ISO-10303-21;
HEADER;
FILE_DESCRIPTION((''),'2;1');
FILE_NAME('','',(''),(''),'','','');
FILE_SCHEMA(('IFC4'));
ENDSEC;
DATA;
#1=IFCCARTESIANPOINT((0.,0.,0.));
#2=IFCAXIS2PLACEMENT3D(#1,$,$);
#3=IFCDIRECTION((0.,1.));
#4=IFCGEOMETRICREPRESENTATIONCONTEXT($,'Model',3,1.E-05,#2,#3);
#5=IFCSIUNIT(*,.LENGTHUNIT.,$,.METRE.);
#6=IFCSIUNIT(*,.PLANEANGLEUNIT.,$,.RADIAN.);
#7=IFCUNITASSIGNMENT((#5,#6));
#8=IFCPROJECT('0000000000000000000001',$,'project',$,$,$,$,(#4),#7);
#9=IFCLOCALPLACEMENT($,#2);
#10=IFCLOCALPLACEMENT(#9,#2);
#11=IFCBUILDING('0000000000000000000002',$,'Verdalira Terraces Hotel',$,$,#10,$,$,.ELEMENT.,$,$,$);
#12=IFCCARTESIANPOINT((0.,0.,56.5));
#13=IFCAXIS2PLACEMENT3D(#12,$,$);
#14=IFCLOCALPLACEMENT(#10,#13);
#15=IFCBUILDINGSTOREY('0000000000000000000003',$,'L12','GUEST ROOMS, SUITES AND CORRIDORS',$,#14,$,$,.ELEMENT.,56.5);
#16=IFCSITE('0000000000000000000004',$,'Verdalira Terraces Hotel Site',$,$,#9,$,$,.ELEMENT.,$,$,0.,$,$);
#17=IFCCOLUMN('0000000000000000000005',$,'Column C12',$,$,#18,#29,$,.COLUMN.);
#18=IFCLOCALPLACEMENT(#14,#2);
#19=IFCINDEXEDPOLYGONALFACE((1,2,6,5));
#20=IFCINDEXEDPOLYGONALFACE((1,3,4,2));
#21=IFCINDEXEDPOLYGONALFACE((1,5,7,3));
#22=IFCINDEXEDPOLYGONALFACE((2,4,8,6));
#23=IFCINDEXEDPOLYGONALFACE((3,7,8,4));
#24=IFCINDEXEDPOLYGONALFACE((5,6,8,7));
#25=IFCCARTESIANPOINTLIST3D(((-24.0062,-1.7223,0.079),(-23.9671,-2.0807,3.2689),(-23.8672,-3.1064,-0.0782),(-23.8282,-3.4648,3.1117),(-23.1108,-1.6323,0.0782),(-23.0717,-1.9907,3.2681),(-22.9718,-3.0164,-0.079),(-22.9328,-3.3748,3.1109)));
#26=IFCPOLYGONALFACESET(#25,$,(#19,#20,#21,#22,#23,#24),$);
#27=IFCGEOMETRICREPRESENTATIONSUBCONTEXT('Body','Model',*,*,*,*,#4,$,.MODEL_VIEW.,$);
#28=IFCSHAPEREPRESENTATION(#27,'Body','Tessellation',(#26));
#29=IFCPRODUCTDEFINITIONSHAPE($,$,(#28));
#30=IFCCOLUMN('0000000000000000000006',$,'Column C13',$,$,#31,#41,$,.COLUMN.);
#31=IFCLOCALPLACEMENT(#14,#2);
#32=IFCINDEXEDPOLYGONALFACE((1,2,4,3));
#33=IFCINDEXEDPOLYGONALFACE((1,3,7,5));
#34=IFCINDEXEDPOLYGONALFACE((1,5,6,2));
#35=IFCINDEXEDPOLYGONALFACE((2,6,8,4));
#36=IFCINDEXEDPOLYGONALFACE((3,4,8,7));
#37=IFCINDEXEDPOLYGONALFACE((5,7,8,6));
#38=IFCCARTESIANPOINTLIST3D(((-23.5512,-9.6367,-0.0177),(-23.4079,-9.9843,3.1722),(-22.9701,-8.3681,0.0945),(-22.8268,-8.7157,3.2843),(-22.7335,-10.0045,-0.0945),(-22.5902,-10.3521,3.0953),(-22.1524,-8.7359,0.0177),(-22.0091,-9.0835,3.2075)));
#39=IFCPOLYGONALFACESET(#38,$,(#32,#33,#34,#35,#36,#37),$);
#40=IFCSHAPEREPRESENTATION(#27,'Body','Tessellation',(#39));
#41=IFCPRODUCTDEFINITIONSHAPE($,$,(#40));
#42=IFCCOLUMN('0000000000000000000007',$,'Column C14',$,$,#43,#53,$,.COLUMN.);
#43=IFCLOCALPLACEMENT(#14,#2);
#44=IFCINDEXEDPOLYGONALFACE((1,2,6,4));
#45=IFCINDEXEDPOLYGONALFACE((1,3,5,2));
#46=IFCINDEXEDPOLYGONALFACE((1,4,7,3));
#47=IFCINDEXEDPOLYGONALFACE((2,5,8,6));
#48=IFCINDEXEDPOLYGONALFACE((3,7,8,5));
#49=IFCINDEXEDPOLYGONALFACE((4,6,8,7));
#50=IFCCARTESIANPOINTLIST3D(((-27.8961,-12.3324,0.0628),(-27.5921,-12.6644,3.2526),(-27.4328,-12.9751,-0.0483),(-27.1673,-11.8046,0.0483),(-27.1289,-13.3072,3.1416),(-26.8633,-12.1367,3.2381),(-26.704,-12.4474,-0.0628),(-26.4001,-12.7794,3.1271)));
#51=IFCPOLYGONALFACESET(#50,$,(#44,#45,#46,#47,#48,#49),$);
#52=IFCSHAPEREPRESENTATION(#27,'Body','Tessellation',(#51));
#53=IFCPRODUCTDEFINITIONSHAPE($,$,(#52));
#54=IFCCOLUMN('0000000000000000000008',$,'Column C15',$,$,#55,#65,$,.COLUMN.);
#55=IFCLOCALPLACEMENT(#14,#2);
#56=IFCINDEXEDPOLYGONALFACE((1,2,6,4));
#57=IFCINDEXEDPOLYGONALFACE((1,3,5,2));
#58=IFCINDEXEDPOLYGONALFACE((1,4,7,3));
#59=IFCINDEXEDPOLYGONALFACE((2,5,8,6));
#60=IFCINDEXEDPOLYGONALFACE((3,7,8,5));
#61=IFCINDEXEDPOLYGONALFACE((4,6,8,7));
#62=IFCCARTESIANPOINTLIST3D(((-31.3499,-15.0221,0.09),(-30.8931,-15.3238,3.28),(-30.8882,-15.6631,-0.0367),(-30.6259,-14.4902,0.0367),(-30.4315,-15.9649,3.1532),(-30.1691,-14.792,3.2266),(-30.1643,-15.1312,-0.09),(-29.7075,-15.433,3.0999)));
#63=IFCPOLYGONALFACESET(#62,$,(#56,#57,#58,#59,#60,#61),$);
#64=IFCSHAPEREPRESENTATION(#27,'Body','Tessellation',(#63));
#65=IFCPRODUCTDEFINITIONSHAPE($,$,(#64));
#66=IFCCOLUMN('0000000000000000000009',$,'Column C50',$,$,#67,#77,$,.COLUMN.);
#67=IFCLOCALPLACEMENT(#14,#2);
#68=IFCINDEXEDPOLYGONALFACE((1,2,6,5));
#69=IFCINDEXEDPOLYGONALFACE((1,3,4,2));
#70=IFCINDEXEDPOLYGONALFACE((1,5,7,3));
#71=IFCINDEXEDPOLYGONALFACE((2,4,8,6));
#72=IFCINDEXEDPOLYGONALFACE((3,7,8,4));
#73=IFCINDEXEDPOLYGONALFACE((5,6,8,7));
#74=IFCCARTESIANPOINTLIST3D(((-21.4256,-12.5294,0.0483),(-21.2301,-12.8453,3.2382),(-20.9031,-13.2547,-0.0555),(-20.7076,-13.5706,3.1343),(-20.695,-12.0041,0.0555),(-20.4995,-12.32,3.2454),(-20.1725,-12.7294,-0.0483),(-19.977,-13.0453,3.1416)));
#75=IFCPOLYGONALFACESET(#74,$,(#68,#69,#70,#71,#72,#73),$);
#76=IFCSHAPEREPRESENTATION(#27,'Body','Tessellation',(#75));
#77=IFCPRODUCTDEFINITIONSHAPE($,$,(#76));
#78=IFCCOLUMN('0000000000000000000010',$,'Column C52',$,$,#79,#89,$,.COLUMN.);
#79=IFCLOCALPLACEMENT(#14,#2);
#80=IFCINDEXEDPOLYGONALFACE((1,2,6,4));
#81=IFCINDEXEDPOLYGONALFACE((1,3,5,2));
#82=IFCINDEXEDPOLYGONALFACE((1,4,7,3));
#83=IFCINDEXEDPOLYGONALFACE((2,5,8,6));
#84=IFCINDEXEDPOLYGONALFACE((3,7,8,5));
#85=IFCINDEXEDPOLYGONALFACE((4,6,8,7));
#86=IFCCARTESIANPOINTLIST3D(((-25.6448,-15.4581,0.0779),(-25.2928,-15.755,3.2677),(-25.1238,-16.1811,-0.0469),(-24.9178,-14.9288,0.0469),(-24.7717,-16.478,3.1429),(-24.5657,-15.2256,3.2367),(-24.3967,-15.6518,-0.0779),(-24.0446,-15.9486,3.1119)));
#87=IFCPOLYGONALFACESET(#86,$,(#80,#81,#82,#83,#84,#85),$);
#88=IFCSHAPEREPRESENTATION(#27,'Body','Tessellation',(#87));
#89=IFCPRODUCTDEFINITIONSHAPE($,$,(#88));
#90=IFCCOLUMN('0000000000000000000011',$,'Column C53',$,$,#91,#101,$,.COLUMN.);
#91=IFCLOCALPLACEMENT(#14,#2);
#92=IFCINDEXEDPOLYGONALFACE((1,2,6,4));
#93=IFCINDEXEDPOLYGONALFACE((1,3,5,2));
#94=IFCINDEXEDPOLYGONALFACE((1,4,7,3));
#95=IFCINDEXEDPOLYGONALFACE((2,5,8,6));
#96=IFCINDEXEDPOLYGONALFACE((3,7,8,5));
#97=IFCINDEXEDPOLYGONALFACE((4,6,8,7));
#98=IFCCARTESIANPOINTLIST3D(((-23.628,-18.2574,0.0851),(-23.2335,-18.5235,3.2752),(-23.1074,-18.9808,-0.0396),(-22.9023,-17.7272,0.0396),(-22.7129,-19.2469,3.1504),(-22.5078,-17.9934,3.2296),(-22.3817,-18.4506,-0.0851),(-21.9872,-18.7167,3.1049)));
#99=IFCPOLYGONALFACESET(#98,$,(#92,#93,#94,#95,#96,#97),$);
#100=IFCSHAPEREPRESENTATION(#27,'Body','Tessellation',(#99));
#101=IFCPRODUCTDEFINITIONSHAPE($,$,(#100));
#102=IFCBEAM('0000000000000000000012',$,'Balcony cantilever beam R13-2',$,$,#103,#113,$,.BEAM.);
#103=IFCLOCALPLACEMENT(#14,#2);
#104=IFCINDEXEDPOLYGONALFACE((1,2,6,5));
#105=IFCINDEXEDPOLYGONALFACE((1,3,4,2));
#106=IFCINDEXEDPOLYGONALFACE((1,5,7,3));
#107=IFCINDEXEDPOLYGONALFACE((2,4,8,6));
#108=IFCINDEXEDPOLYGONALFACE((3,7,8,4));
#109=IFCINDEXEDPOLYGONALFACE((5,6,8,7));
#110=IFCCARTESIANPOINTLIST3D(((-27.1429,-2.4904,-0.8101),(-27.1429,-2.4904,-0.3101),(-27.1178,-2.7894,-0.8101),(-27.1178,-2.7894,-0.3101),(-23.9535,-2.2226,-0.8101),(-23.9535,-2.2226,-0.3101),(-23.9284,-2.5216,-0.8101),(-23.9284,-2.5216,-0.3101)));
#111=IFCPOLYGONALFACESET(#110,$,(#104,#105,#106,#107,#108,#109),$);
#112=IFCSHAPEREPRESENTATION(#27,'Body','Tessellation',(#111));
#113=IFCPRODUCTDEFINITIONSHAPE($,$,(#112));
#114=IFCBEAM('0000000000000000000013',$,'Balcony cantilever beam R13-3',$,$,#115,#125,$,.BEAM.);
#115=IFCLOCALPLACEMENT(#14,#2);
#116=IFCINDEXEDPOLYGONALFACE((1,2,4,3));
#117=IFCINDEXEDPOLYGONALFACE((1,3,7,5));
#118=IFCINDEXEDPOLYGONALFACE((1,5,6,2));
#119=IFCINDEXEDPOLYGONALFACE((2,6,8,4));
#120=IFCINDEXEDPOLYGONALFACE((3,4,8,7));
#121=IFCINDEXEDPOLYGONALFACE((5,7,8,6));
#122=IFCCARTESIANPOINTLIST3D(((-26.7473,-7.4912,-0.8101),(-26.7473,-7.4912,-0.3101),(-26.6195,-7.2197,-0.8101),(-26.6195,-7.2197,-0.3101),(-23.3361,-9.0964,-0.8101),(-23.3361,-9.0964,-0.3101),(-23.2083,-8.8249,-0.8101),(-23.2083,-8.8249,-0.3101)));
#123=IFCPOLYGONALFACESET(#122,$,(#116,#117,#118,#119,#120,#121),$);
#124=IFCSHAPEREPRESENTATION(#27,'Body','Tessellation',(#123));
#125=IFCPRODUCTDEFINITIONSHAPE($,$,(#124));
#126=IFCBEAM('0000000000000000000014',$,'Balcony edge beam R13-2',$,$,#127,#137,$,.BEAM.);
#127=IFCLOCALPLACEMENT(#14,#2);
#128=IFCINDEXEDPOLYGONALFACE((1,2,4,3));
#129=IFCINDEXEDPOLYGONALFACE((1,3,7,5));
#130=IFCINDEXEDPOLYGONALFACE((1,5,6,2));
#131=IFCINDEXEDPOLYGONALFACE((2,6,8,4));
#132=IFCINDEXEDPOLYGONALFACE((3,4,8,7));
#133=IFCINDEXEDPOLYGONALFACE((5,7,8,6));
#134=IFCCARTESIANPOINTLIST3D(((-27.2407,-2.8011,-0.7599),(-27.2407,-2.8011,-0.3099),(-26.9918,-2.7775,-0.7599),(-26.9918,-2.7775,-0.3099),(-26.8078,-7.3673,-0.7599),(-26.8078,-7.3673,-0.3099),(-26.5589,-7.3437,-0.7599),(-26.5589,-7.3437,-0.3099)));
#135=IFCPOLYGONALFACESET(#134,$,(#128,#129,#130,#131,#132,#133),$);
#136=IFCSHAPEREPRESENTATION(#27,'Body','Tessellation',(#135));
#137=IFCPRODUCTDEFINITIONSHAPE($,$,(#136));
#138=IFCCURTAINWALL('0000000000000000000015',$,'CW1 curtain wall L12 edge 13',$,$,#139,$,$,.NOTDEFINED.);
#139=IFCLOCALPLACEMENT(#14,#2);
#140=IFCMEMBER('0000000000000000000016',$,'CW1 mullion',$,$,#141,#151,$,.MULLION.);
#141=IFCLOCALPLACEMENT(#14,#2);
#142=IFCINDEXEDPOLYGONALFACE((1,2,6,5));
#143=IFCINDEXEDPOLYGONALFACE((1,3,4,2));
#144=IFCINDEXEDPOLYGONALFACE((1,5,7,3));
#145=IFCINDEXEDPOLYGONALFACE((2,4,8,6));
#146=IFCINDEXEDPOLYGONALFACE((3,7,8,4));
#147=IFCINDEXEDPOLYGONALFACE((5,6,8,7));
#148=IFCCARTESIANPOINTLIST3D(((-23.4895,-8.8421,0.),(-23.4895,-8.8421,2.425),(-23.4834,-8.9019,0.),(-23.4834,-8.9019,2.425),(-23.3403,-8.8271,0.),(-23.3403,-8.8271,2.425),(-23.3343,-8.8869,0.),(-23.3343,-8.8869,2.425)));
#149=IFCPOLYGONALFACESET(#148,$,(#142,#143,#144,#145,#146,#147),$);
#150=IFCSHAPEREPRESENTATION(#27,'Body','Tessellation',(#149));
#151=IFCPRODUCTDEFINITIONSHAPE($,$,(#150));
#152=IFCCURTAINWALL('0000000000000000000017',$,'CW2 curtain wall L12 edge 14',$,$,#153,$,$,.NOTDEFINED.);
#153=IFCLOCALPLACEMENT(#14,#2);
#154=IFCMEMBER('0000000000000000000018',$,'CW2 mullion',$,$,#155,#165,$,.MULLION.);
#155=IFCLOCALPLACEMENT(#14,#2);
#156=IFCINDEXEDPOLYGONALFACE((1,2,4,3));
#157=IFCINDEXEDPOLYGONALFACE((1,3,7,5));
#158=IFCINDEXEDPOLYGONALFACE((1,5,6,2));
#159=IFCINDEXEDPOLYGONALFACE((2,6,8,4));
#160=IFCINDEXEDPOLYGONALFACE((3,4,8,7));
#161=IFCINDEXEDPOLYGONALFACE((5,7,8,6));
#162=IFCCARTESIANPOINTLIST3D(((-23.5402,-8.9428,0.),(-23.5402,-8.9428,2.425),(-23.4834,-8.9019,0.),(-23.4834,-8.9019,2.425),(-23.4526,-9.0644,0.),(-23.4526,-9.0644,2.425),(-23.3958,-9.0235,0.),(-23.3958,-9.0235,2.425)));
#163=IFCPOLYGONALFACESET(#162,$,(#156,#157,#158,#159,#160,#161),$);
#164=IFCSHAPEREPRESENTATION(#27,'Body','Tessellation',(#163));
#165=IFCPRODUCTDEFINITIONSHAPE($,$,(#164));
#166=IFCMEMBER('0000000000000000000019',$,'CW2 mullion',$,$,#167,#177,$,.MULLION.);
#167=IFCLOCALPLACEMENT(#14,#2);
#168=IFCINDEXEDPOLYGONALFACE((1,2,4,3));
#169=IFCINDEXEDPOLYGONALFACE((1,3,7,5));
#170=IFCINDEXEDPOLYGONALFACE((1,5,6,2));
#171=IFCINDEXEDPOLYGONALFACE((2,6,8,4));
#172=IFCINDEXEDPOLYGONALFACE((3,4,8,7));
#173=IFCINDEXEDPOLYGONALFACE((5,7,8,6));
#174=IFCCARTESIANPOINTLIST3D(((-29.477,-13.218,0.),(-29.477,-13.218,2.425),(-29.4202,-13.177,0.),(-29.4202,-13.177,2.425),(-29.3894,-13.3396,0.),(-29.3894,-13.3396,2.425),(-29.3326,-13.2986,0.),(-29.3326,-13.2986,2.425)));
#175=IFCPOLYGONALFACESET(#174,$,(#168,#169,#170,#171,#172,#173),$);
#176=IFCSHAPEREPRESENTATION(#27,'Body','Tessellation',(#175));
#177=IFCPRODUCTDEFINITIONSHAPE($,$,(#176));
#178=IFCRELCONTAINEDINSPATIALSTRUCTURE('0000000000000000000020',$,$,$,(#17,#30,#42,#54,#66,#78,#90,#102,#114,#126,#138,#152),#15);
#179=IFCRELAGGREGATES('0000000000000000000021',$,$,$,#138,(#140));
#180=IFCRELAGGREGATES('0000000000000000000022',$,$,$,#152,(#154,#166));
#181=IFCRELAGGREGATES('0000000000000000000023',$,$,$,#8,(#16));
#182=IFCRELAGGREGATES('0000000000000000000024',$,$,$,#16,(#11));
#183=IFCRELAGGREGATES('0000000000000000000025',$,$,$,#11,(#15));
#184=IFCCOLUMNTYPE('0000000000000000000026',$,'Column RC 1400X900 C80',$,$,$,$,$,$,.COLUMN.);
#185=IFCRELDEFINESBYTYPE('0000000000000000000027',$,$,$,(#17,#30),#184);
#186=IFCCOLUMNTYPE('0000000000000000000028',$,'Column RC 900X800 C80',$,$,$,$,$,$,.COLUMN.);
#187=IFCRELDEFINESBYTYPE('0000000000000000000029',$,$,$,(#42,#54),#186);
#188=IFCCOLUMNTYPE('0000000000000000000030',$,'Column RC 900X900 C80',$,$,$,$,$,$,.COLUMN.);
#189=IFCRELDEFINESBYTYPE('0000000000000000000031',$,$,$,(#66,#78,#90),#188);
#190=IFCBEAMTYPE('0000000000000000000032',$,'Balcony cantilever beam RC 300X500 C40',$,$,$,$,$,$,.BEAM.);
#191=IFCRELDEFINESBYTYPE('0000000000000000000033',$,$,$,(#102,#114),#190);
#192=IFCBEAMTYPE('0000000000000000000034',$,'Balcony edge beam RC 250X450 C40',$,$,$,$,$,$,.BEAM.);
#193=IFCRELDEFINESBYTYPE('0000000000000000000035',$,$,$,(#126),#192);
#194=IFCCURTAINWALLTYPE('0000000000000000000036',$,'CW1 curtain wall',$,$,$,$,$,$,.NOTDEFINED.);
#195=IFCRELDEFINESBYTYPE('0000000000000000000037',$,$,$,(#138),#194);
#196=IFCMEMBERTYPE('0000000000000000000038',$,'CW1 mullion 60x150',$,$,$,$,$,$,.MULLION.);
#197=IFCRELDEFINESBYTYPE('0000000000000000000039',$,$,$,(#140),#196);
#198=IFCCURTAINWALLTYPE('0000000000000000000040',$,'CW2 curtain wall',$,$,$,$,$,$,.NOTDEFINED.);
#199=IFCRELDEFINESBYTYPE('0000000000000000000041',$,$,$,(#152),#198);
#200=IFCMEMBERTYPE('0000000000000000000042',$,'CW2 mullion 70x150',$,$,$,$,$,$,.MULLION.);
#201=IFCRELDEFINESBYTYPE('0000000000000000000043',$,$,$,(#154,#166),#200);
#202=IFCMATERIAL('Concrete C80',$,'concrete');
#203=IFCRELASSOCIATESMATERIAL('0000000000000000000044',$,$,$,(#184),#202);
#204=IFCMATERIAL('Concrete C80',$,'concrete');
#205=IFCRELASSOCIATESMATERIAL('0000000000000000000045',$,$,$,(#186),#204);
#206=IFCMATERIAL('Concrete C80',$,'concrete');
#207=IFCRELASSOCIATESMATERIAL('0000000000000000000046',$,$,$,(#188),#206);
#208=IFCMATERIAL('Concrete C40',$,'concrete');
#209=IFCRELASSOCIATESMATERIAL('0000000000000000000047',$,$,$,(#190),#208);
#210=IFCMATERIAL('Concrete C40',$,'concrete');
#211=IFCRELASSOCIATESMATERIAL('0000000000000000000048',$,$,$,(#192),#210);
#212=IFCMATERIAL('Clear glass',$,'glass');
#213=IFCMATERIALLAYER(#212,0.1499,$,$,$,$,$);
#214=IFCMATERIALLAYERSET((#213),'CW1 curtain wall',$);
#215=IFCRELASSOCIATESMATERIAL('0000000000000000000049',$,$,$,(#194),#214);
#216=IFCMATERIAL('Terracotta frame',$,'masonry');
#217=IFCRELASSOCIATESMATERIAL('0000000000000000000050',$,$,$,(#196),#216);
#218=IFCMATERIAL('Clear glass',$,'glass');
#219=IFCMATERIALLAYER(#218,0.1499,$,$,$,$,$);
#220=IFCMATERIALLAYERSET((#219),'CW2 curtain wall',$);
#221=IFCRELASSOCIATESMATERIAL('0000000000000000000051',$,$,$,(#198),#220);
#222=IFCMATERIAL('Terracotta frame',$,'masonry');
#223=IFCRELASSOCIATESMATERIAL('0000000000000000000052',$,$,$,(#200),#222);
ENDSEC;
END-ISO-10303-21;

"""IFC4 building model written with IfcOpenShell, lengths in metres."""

from ifc_helpers import new_model, si_unit, direction, frame, origin, origin_2d, place, context, subcontext, project, spatial, rectangle, extrude, material, layer, layer_set, material_profile, profile_set, type_object, element, aggregate, save


model = new_model("IFC4")

# Units and contexts
model_context = context("Model", 3, precision=1e-05, world=origin(), true_north=direction((0.0, 1.0)))
body_context = subcontext(model_context, "Body", "Model", "MODEL_VIEW")
ifc_project = project(units=[si_unit("LENGTHUNIT", "METRE"), si_unit("PLANEANGLEUNIT", "RADIAN")], contexts=[model_context])

# Site, building, storey
site_placement = place(None, origin())
site = spatial("IfcSite", under=ifc_project, at=site_placement, Name="Verdalira Terraces Hotel Site", CompositionType="ELEMENT", RefElevation=0.0)
building_placement = place(site_placement, origin())
building = spatial("IfcBuilding", under=site, at=building_placement, Name="Verdalira Terraces Hotel", CompositionType="ELEMENT")
storey_placement = place(building_placement, frame((0.0, 0.0, 56.5)))
storey = spatial("IfcBuildingStorey", under=building, at=storey_placement, Name="L12", Description="GUEST ROOMS, SUITES AND CORRIDORS", CompositionType="ELEMENT", Elevation=56.5)

# Columns
ifc_material_1 = material(Name="Concrete C80", Category="concrete")
ifc_material_profile_1 = material_profile(ifc_material_1, rectangle(XDim=1.3999, YDim=0.8999, at=origin_2d()), Name="RC 1400X900")
ifc_profile_set_1 = profile_set([ifc_material_profile_1], Name="Concrete C80")
column_type_1 = type_object("IfcColumnType", Name="Column RC 1400X900 C80", PredefinedType="COLUMN", material=ifc_profile_set_1)
column_1_placement = place(storey_placement, frame((-23.489, -2.3694, 0.0), z_axis=(0.012168, -0.111642, 0.993674), x_axis=(0.099279, -0.988702, -0.112299)))
element("IfcColumn", 1, at=column_1_placement, inside=storey, type_object=column_type_1, Name="Column C12", PredefinedType="COLUMN", context=body_context, shape_type="SweptSolid", body=[
    extrude(rectangle(XDim=1.3999, YDim=0.8999, at=origin_2d()), origin(), (0.0, 0.0, 1.0), 3.2102),
])
column_2_placement = place(storey_placement, frame((-22.8518, -9.1863, 0.0), z_axis=(0.044617, -0.108236, 0.993124), x_axis=(0.415132, 0.906227, 0.080115)))
element("IfcColumn", 2, at=column_2_placement, inside=storey, type_object=column_type_1, Name="Column C13", PredefinedType="COLUMN", context=body_context, shape_type="SweptSolid", body=[
    extrude(rectangle(XDim=1.3999, YDim=0.8999, at=origin_2d()), origin(), (0.0, 0.0, 1.0), 3.2119),
])
ifc_material_2 = material(Name="Concrete C80", Category="concrete")
ifc_material_profile_2 = material_profile(ifc_material_2, rectangle(XDim=0.8999, YDim=0.8, at=origin_2d()), Name="RC 900X800")
ifc_profile_set_2 = profile_set([ifc_material_profile_2], Name="Concrete C80")
column_type_2 = type_object("IfcColumnType", Name="Column RC 900X800 C80", PredefinedType="COLUMN", material=ifc_profile_set_2)
column_3_placement = place(storey_placement, frame((-27.3, -12.3899, 0.0), z_axis=(0.094351, -0.103066, 0.99019), x_axis=(-0.809849, -0.586417, 0.016129)))
element("IfcColumn", 3, at=column_3_placement, inside=storey, type_object=column_type_2, Name="Column C14", PredefinedType="COLUMN", context=body_context, shape_type="SweptSolid", body=[
    extrude(rectangle(XDim=0.8999, YDim=0.8, at=origin_2d()), origin(), (0.0, 0.0, 1.0), 3.2214),
])
column_4_placement = place(storey_placement, frame((-30.7571, -15.0767, 0.0), z_axis=(0.141133, -0.093234, 0.985591), x_axis=(-0.804468, -0.59103, 0.059287)))
element("IfcColumn", 4, at=column_4_placement, inside=storey, type_object=column_type_2, Name="Column C15", PredefinedType="COLUMN", context=body_context, shape_type="SweptSolid", body=[
    extrude(rectangle(XDim=0.8999, YDim=0.8, at=origin_2d()), origin(), (0.0, 0.0, 1.0), 3.2366),
])
ifc_material_3 = material(Name="Concrete C80", Category="concrete")
ifc_material_profile_3 = material_profile(ifc_material_3, rectangle(XDim=0.8999, YDim=0.8999, at=origin_2d()), Name="RC 900X900")
ifc_profile_set_3 = profile_set([ifc_material_profile_3], Name="Concrete C80")
column_type_3 = type_object("IfcColumnType", Name="Column RC 900X900 C80", PredefinedType="COLUMN", material=ifc_profile_set_3)
column_5_placement = place(storey_placement, frame((-20.7991, -12.6294, 0.0), z_axis=(0.060892, -0.098371, 0.993285), x_axis=(-0.811874, -0.583777, -0.008043)))
element("IfcColumn", 5, at=column_5_placement, inside=storey, type_object=column_type_3, Name="Column C50", PredefinedType="COLUMN", context=body_context, shape_type="SweptSolid", body=[
    extrude(rectangle(XDim=0.8999, YDim=0.8999, at=origin_2d()), origin(), (0.0, 0.0, 1.0), 3.2114),
])
column_6_placement = place(storey_placement, frame((-25.0208, -15.5549, 0.0), z_axis=(0.10923, -0.092111, 0.989739), x_axis=(-0.807952, -0.588242, 0.034422)))
element("IfcColumn", 6, at=column_6_placement, inside=storey, type_object=column_type_3, Name="Column C52", PredefinedType="COLUMN", context=body_context, shape_type="SweptSolid", body=[
    extrude(rectangle(XDim=0.8999, YDim=0.8999, at=origin_2d()), origin(), (0.0, 0.0, 1.0), 3.2229),
])
column_7_placement = place(storey_placement, frame((-23.0049, -18.354, 0.0), z_axis=(0.122326, -0.08251, 0.989054), x_axis=(-0.806451, -0.589132, 0.050595)))
element("IfcColumn", 7, at=column_7_placement, inside=storey, type_object=column_type_3, Name="Column C53", PredefinedType="COLUMN", context=body_context, shape_type="SweptSolid", body=[
    extrude(rectangle(XDim=0.8999, YDim=0.8999, at=origin_2d()), origin(), (0.0, 0.0, 1.0), 3.2253),
])

# Beams
ifc_material_4 = material(Name="Concrete C40", Category="concrete")
ifc_material_profile_4 = material_profile(ifc_material_4, rectangle(XDim=0.3, YDim=0.5, at=origin_2d()), Name="RC 300X500")
ifc_profile_set_4 = profile_set([ifc_material_profile_4], Name="Concrete C40")
beam_type_1 = type_object("IfcBeamType", Name="Balcony cantilever beam RC 300X500 C40", PredefinedType="BEAM", material=ifc_profile_set_4)
beam_1_placement = place(storey_placement, frame((-23.9409, -2.3721, -0.5601), z_axis=(-0.996493, -0.083677, 0.0), x_axis=(0.083677, -0.996493, 0.0)))
element("IfcBeam", 8, at=beam_1_placement, inside=storey, type_object=beam_type_1, Name="Balcony cantilever beam R13-2", PredefinedType="BEAM", context=body_context, shape_type="SweptSolid", body=[
    extrude(rectangle(XDim=0.3, YDim=0.5, at=origin_2d()), origin(), (0.0, 0.0, 1.0), 3.2007),
])
beam_2_placement = place(storey_placement, frame((-23.2722, -8.9607, -0.5601), z_axis=(-0.90482, 0.425794, 0.0), x_axis=(-0.425794, -0.90482, 0.0)))
element("IfcBeam", 9, at=beam_2_placement, inside=storey, type_object=beam_type_1, Name="Balcony cantilever beam R13-3", PredefinedType="BEAM", context=body_context, shape_type="SweptSolid", body=[
    extrude(rectangle(XDim=0.3, YDim=0.5, at=origin_2d()), origin(), (0.0, 0.0, 1.0), 3.77),
])
ifc_material_5 = material(Name="Concrete C40", Category="concrete")
ifc_material_profile_5 = material_profile(ifc_material_5, rectangle(XDim=0.25, YDim=0.45, at=origin_2d()), Name="RC 250X450")
ifc_profile_set_5 = profile_set([ifc_material_profile_5], Name="Concrete C40")
beam_type_2 = type_object("IfcBeamType", Name="Balcony edge beam RC 250X450 C40", PredefinedType="BEAM", material=ifc_profile_set_5)
beam_3_placement = place(storey_placement, frame((-27.1162, -2.7893, -0.5349), z_axis=(0.094375, -0.995537, 0.0), x_axis=(0.995537, 0.094375, 0.0)))
element("IfcBeam", 10, at=beam_3_placement, inside=storey, type_object=beam_type_2, Name="Balcony edge beam R13-2", PredefinedType="BEAM", context=body_context, shape_type="SweptSolid", body=[
    extrude(rectangle(XDim=0.25, YDim=0.45, at=origin_2d()), origin(), (0.0, 0.0, 1.0), 4.5867),
])

# Curtain wall, member
ifc_material_6 = material(Name="Clear glass", Category="glass")
ifc_layer_1 = layer(ifc_material_6, 0.1499)
ifc_layer_set_1 = layer_set([ifc_layer_1], Name="CW1 curtain wall")
curtain_wall_type_1 = type_object("IfcCurtainWallType", Name="CW1 curtain wall", PredefinedType="NOTDEFINED", material=ifc_layer_set_1)
curtain_wall_1_placement = place(storey_placement, origin())
curtain_wall_1 = element("IfcCurtainWall", 11, at=curtain_wall_1_placement, inside=storey, type_object=curtain_wall_type_1, Name="CW1 curtain wall L12 edge 13", PredefinedType="NOTDEFINED")
ifc_material_7 = material(Name="Terracotta frame", Category="masonry")
ifc_material_profile_6 = material_profile(ifc_material_7, rectangle(XDim=0.0601, YDim=0.1499, at=origin_2d()), Name="MU 60x150")
ifc_profile_set_6 = profile_set([ifc_material_profile_6], Name="Terracotta frame")
member_type_1 = type_object("IfcMemberType", Name="CW1 mullion 60x150", PredefinedType="MULLION", material=ifc_profile_set_6)
member_1_placement = place(storey_placement, frame((-23.4119, -8.8645, 0.0), z_axis=(0.0, 0.0, 1.0), x_axis=(0.100362, -0.994951, 0.0)))
member_1 = element("IfcMember", 12, at=member_1_placement, type_object=member_type_1, Name="CW1 mullion", PredefinedType="MULLION", context=body_context, shape_type="SweptSolid", body=[
    extrude(rectangle(XDim=0.0601, YDim=0.1499, at=origin_2d()), origin(), (0.0, 0.0, 1.0), 2.425),
])

# Curtain wall, members
ifc_material_8 = material(Name="Clear glass", Category="glass")
ifc_layer_2 = layer(ifc_material_8, 0.1499)
ifc_layer_set_2 = layer_set([ifc_layer_2], Name="CW2 curtain wall")
curtain_wall_type_2 = type_object("IfcCurtainWallType", Name="CW2 curtain wall", PredefinedType="NOTDEFINED", material=ifc_layer_set_2)
curtain_wall_2_placement = place(storey_placement, origin())
curtain_wall_2 = element("IfcCurtainWall", 13, at=curtain_wall_2_placement, inside=storey, type_object=curtain_wall_type_2, Name="CW2 curtain wall L12 edge 14", PredefinedType="NOTDEFINED")
ifc_material_9 = material(Name="Terracotta frame", Category="masonry")
ifc_material_profile_7 = material_profile(ifc_material_9, rectangle(XDim=0.0701, YDim=0.1499, at=origin_2d()), Name="MU 70x150")
ifc_profile_set_7 = profile_set([ifc_material_profile_7], Name="Terracotta frame")
member_type_2 = type_object("IfcMemberType", Name="CW2 mullion 70x150", PredefinedType="MULLION", material=ifc_profile_set_7)
member_2_placement = place(storey_placement, frame((-23.468, -8.9832, 0.0), z_axis=(0.0, 0.0, 1.0), x_axis=(-0.811472, -0.584391, 0.0)))
member_2 = element("IfcMember", 14, at=member_2_placement, type_object=member_type_2, Name="CW2 mullion", PredefinedType="MULLION", context=body_context, shape_type="SweptSolid", body=[
    extrude(rectangle(XDim=0.0701, YDim=0.1499, at=origin_2d()), origin(), (0.0, 0.0, 1.0), 2.425),
])
member_3_placement = place(storey_placement, frame((-29.4048, -13.2583, 0.0), z_axis=(0.0, 0.0, 1.0), x_axis=(-0.811472, -0.584391, 0.0)))
member_3 = element("IfcMember", 15, at=member_3_placement, type_object=member_type_2, Name="CW2 mullion", PredefinedType="MULLION", context=body_context, shape_type="SweptSolid", body=[
    extrude(rectangle(XDim=0.0701, YDim=0.1499, at=origin_2d()), origin(), (0.0, 0.0, 1.0), 2.425),
])

aggregate(curtain_wall_1, [member_1])
aggregate(curtain_wall_2, [member_2, member_3])

save(model, "model.ifc")
